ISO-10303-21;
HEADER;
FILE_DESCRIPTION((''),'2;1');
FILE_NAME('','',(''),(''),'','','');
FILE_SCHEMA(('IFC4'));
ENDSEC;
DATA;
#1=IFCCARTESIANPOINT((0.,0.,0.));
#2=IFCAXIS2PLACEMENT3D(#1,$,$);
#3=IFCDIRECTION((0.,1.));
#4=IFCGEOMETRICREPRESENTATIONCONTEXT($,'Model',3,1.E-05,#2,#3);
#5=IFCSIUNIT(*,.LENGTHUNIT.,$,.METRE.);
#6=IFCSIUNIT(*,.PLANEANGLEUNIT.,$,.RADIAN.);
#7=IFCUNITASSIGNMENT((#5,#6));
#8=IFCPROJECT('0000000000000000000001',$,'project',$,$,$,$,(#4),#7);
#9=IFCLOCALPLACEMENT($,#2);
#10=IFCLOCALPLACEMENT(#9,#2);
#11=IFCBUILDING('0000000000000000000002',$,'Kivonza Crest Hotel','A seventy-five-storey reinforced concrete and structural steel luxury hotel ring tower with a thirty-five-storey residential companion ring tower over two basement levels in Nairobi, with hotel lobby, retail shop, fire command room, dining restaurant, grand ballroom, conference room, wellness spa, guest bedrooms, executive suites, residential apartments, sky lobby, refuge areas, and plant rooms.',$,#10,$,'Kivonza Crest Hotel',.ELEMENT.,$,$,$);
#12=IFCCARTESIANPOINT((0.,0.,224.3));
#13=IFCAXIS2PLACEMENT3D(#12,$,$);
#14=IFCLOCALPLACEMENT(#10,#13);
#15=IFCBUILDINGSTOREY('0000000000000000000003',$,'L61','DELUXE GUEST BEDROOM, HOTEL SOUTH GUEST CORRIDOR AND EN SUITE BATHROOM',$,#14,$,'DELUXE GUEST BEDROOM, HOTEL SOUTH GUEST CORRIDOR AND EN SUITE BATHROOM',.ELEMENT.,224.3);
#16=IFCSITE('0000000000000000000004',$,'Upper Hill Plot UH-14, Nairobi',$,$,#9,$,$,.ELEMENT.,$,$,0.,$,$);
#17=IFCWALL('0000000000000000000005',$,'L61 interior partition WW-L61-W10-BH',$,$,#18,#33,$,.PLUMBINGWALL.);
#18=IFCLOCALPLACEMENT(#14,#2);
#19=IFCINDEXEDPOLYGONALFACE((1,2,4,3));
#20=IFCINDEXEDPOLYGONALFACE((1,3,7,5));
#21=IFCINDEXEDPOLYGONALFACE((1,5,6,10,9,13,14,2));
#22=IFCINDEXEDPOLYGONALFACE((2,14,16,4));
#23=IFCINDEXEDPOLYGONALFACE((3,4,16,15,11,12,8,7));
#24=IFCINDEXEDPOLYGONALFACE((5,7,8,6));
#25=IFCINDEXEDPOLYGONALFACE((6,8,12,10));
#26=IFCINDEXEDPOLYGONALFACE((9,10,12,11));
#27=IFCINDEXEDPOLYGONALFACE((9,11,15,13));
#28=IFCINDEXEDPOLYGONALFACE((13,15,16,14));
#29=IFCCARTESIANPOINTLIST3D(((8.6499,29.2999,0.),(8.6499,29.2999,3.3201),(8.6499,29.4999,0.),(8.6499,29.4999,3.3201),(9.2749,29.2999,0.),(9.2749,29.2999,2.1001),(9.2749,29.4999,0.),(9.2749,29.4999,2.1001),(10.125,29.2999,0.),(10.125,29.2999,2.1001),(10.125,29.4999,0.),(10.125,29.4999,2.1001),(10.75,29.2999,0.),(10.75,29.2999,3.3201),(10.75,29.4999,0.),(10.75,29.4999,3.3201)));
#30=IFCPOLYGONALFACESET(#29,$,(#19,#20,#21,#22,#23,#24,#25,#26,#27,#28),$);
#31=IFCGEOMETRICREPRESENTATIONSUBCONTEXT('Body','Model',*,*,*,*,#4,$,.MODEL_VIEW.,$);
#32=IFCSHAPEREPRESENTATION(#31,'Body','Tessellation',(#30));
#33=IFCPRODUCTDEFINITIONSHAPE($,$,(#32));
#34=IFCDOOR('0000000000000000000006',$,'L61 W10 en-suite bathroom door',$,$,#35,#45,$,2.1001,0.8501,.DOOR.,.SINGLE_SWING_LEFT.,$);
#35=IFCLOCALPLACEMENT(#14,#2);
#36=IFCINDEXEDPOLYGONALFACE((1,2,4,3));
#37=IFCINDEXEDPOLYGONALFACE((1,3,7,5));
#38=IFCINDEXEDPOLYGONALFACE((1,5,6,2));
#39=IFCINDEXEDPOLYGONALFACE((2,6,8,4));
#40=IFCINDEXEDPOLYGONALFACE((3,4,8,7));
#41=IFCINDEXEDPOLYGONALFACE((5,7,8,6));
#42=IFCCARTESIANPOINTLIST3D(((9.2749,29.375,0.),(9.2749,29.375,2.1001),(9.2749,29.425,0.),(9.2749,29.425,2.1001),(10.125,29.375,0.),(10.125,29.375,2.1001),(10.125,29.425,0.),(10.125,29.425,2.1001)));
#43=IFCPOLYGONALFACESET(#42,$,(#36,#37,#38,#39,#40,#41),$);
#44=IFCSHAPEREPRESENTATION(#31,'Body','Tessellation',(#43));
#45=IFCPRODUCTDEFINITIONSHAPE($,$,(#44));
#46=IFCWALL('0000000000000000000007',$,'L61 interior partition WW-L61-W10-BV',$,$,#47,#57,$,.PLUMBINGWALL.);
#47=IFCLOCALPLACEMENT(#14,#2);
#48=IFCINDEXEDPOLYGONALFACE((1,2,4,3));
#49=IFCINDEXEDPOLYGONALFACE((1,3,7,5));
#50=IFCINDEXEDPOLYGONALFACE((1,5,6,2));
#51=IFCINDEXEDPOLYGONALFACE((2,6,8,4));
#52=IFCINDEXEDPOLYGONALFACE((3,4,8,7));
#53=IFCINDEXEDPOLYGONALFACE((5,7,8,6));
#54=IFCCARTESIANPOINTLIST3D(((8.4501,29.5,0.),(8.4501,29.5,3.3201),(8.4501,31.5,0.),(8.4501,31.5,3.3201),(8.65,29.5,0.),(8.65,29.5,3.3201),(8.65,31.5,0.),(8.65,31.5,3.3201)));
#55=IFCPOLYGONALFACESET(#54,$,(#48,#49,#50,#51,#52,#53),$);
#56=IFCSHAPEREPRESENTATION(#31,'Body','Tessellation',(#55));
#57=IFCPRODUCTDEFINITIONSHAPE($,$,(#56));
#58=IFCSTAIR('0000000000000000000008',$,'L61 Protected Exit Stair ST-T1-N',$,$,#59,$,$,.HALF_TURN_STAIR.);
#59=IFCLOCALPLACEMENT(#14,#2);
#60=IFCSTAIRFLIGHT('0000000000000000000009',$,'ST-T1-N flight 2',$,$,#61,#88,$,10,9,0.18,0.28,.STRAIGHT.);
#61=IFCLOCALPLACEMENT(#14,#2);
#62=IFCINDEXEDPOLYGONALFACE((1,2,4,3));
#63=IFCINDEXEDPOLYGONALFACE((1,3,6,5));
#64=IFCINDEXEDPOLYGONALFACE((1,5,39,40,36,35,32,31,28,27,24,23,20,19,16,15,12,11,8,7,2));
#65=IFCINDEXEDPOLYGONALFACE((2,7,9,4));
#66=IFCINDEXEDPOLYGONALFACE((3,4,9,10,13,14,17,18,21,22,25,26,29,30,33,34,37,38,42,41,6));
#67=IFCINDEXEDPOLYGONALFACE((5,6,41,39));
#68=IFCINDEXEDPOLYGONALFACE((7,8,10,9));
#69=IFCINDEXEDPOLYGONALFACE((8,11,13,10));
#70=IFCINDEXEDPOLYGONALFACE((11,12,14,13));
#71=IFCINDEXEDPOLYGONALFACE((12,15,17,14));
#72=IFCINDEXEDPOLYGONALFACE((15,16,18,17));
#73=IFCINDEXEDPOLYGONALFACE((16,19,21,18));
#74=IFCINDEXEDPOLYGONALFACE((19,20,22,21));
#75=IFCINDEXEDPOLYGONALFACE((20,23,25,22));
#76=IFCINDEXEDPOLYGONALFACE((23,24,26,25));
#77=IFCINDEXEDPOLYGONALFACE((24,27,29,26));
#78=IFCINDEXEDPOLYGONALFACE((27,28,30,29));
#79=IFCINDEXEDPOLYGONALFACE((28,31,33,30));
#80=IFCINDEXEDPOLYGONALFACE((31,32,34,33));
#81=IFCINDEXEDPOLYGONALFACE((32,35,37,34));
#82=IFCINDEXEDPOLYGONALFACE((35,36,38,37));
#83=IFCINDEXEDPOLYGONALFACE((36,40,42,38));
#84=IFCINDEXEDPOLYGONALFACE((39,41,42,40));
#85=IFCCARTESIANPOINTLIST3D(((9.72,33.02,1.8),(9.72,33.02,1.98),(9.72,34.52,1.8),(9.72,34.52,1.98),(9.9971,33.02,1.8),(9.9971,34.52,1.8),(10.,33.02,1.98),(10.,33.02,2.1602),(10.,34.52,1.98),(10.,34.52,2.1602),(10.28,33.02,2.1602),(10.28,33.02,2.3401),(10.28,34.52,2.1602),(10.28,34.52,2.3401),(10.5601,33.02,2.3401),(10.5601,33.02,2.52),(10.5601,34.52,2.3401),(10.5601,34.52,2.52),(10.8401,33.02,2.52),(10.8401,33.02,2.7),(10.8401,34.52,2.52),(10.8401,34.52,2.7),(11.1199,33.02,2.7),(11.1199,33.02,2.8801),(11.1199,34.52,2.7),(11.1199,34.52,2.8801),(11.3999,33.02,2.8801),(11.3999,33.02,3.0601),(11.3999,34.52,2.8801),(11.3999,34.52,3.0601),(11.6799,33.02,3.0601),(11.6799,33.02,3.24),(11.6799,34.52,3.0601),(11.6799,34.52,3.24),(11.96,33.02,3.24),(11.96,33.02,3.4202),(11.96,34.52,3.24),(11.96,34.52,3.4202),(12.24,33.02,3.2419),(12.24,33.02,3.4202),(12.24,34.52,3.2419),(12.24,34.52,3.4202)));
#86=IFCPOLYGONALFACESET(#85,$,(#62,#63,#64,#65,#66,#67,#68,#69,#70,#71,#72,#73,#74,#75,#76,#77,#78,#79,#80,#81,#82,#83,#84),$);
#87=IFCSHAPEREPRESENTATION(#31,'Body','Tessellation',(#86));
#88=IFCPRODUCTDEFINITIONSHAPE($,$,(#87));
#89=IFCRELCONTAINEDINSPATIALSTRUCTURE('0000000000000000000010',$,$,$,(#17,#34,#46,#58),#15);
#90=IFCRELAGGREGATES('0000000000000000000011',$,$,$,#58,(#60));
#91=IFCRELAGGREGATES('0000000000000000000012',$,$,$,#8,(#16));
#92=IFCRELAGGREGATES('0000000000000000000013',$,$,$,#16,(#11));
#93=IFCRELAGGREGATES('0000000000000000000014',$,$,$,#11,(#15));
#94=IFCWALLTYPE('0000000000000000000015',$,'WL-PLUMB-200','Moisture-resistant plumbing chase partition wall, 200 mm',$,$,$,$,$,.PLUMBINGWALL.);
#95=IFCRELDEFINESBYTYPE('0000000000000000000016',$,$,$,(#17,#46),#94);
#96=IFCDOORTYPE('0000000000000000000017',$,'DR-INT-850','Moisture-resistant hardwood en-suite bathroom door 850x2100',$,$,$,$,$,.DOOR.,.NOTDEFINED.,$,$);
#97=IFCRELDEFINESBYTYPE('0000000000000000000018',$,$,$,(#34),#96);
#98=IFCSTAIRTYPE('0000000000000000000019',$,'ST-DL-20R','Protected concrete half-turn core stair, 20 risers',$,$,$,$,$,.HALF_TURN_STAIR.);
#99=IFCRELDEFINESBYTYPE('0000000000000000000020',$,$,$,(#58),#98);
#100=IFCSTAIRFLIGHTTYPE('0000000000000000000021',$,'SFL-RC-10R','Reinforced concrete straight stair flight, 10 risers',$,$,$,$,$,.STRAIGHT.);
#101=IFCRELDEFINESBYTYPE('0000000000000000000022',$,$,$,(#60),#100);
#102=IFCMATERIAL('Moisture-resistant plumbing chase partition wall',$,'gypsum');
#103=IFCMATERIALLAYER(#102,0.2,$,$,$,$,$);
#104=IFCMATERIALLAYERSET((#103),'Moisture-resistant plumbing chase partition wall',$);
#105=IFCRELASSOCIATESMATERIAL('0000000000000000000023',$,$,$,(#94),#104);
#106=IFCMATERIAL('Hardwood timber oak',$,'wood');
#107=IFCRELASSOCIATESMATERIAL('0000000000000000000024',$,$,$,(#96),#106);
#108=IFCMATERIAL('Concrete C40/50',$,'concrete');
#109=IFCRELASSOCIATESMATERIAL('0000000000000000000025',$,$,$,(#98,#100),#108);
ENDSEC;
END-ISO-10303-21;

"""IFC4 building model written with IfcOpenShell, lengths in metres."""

from ifc_helpers import new_model, si_unit, direction, frame, frame_2d, origin, place, context, subcontext, project, spatial, polyline, rectangle, outline, extrude, material, layer, layer_set, type_object, element, fill, aggregate, save


model = new_model("IFC4")

# Units and contexts
model_context = context("Model", 3, precision=1e-05, world=origin(), true_north=direction((0.0, 1.0)))
body_context = subcontext(model_context, "Body", "Model", "MODEL_VIEW")
ifc_project = project(units=[si_unit("LENGTHUNIT", "METRE"), si_unit("PLANEANGLEUNIT", "RADIAN")], contexts=[model_context])

# Site, building, storey
site_placement = place(None, origin())
site = spatial("IfcSite", under=ifc_project, at=site_placement, Name="Upper Hill Plot UH-14, Nairobi", CompositionType="ELEMENT", RefElevation=0.0)
building_placement = place(site_placement, origin())
building = spatial("IfcBuilding", under=site, at=building_placement, Name="Kivonza Crest Hotel", Description="A seventy-five-storey reinforced concrete and structural steel luxury hotel ring tower with a thirty-five-storey residential companion ring tower over two basement levels in Nairobi, with hotel lobby, retail shop, fire command room, dining restaurant, grand ballroom, conference room, wellness spa, guest bedrooms, executive suites, residential apartments, sky lobby, refuge areas, and plant rooms.", LongName="Kivonza Crest Hotel", CompositionType="ELEMENT")
storey_placement = place(building_placement, frame((0.0, 0.0, 224.3)))
storey = spatial("IfcBuildingStorey", under=building, at=storey_placement, Name="L61", Description="DELUXE GUEST BEDROOM, HOTEL SOUTH GUEST CORRIDOR AND EN SUITE BATHROOM", LongName="DELUXE GUEST BEDROOM, HOTEL SOUTH GUEST CORRIDOR AND EN SUITE BATHROOM", CompositionType="ELEMENT", Elevation=224.3)

# Shared definitions
ifc_material_1 = material(Name="Hardwood timber oak", Category="wood")

# Wall, opening, door
ifc_material_2 = material(Name="Moisture-resistant plumbing chase partition wall", Category="gypsum")
ifc_layer_1 = layer(ifc_material_2, 0.2)
ifc_layer_set_1 = layer_set([ifc_layer_1], Name="Moisture-resistant plumbing chase partition wall")
wall_type_1 = type_object("IfcWallType", Name="WL-PLUMB-200", Description="Moisture-resistant plumbing chase partition wall, 200 mm", PredefinedType="PLUMBINGWALL", material=ifc_layer_set_1)
wall_1_placement = place(storey_placement, frame((8.6499, 29.3999, 0.0), z_axis=(0.0, 0.0, 1.0), x_axis=(1.0, 0.0, 0.0)))
wall_1 = element("IfcWall", 1, at=wall_1_placement, inside=storey, type_object=wall_type_1, Name="L61 interior partition WW-L61-W10-BH", PredefinedType="PLUMBINGWALL", context=body_context, shape_type="SweptSolid", body=[
    extrude(rectangle(XDim=2.1001, YDim=0.2, at=frame_2d((1.05, 0.0))), origin(), (0.0, 0.0, 1.0), 3.3201),
])
opening_1_placement = place(wall_1_placement, frame((0.625, 0.0, 0.0)))
opening_1 = element("IfcOpeningElement", 2, at=opening_1_placement, cuts=wall_1, PredefinedType="OPENING", context=body_context, shape_type="SweptSolid", body=[
    extrude(rectangle(XDim=0.8501, YDim=2.1001, at=frame_2d((0.425, 1.05))), frame((0.0, 0.1099, 0.0), z_axis=(0.0, -1.0, 0.0), x_axis=(1.0, 0.0, 0.0)), (0.0, 0.0, 1.0), 0.22),
])
door_type_1 = type_object("IfcDoorType", Name="DR-INT-850", Description="Moisture-resistant hardwood en-suite bathroom door 850x2100", OperationType="NOTDEFINED", PredefinedType="DOOR", material=ifc_material_1)
door_1_placement = place(opening_1_placement, frame((0.8501, 0.0, 0.0), z_axis=(0.0, 0.0, 1.0), x_axis=(-1.0, 0.0, 0.0)))
door_1 = element("IfcDoor", 3, at=door_1_placement, inside=storey, type_object=door_type_1, Name="L61 W10 en-suite bathroom door", OperationType="SINGLE_SWING_LEFT", OverallHeight=2.1001, OverallWidth=0.8501, PredefinedType="DOOR", context=body_context, shape_type="SweptSolid", body=[
    extrude(rectangle(XDim=0.8501, YDim=2.1001, at=frame_2d((0.425, 1.05))), frame((0.0, 0.0249, 0.0), z_axis=(0.0, -1.0, 0.0), x_axis=(1.0, 0.0, 0.0)), (0.0, 0.0, 1.0), 0.05),
])
fill(opening_1, door_1)

# Wall
wall_2_placement = place(storey_placement, frame((8.55, 29.5, 0.0), z_axis=(0.0, 0.0, 1.0), x_axis=(0.0, 1.0, 0.0)))
element("IfcWall", 4, at=wall_2_placement, inside=storey, type_object=wall_type_1, Name="L61 interior partition WW-L61-W10-BV", PredefinedType="PLUMBINGWALL", context=body_context, shape_type="SweptSolid", body=[
    extrude(rectangle(XDim=2.0, YDim=0.2, at=frame_2d((1.0, 0.0))), origin(), (0.0, 0.0, 1.0), 3.3201),
])

# Stair, stair flight
ifc_material_3 = material(Name="Concrete C40/50", Category="concrete")
stair_type = type_object("IfcStairType", Name="ST-DL-20R", Description="Protected concrete half-turn core stair, 20 risers", PredefinedType="HALF_TURN_STAIR", material=ifc_material_3)
stair_placement = place(storey_placement, origin())
stair = element("IfcStair", 5, at=stair_placement, inside=storey, type_object=stair_type, Name="L61 Protected Exit Stair ST-T1-N", PredefinedType="HALF_TURN_STAIR")
stair_flight_type = type_object("IfcStairFlightType", Name="SFL-RC-10R", Description="Reinforced concrete straight stair flight, 10 risers", PredefinedType="STRAIGHT", material=ifc_material_3)
stair_flight_placement = place(storey_placement, frame((9.72, 33.77, 1.8), z_axis=(0.0, 0.0, 1.0), x_axis=(1.0, 0.0, 0.0)))
stair_flight = element("IfcStairFlight", 6, at=stair_flight_placement, type_object=stair_flight_type, Name="ST-T1-N flight 2", NumberOfRisers=10, NumberOfTreads=9, PredefinedType="STRAIGHT", RiserHeight=0.18, TreadLength=0.28, context=body_context, shape_type="SweptSolid", body=[
    extrude(outline(polyline([(0.0, 0.0), (0.0, 0.1799), (0.28, 0.1799), (0.28, 0.3601), (0.5601, 0.3601), (0.5601, 0.54), (0.8401, 0.54), (0.8401, 0.72), (1.1201, 0.72), (1.1201, 0.8999), (1.3999, 0.8999), (1.3999, 1.0801), (1.6799, 1.0801), (1.6799, 1.26), (1.96, 1.26), (1.96, 1.4399), (2.24, 1.4399), (2.24, 1.6201), (2.52, 1.6201), (2.52, 1.8), (2.52, 1.4419), (0.2771, 0.0), (0.0, 0.0)])), frame((0.0, 0.75, 0.0), z_axis=(0.0, -1.0, 0.0), x_axis=(1.0, 0.0, 0.0)), (0.0, 0.0, 1.0), 1.5),
])
aggregate(stair, [stair_flight])

save(model, "model.ifc")
